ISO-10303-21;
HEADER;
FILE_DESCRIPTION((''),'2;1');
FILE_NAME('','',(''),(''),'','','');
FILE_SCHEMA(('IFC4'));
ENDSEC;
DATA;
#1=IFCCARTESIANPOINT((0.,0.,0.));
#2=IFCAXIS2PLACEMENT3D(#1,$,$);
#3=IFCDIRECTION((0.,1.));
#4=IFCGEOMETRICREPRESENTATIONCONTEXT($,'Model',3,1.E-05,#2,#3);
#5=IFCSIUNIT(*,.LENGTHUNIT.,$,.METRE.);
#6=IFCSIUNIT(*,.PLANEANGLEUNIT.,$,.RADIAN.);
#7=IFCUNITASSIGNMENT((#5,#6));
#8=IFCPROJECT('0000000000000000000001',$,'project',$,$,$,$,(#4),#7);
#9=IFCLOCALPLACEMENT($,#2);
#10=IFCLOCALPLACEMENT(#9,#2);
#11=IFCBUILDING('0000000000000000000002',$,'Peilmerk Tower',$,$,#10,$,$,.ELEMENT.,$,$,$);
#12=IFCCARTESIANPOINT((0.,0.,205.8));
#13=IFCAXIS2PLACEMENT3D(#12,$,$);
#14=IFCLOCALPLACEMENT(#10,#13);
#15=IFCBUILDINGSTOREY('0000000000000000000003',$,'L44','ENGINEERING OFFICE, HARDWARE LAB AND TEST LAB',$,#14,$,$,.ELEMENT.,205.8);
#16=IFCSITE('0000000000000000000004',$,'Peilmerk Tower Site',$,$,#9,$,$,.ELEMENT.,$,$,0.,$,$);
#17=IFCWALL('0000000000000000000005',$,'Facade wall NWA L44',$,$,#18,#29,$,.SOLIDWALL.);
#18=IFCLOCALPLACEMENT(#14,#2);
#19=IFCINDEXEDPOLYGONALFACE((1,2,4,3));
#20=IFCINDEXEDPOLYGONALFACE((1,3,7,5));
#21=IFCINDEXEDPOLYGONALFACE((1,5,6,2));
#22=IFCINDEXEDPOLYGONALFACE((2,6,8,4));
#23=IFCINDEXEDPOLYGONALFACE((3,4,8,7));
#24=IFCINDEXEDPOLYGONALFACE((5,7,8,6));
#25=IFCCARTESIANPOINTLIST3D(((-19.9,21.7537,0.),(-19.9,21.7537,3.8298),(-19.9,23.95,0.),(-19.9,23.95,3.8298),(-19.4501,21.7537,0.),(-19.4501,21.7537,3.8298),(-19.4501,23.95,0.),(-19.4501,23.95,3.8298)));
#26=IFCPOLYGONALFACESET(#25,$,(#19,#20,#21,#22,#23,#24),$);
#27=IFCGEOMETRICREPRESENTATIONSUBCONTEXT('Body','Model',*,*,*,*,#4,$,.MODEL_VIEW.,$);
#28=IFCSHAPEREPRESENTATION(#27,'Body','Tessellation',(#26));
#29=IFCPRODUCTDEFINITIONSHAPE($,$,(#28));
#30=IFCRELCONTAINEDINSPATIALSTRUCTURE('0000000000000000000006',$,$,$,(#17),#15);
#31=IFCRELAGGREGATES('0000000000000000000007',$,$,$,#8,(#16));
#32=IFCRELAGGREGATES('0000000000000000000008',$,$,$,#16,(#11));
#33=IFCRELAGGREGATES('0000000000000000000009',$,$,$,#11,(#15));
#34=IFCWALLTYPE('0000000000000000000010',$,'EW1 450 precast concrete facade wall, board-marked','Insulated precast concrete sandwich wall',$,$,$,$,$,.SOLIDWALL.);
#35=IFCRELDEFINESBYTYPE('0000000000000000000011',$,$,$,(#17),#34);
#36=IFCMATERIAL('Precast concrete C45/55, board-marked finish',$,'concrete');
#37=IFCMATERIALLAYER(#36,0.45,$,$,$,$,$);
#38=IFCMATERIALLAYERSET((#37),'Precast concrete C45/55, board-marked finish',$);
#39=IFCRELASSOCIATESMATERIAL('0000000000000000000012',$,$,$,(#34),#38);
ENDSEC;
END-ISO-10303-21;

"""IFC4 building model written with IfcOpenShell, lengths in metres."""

from ifc_helpers import new_model, si_unit, direction, frame, frame_2d, origin, place, context, subcontext, project, spatial, rectangle, extrude, material, layer, layer_set, type_object, element, save


model = new_model("IFC4")

# Units and contexts
model_context = context("Model", 3, precision=1e-05, world=origin(), true_north=direction((0.0, 1.0)))
body_context = subcontext(model_context, "Body", "Model", "MODEL_VIEW")
ifc_project = project(units=[si_unit("LENGTHUNIT", "METRE"), si_unit("PLANEANGLEUNIT", "RADIAN")], contexts=[model_context])

# Site, building, storey
site_placement = place(None, origin())
site = spatial("IfcSite", under=ifc_project, at=site_placement, Name="Peilmerk Tower Site", CompositionType="ELEMENT", RefElevation=0.0)
building_placement = place(site_placement, origin())
building = spatial("IfcBuilding", under=site, at=building_placement, Name="Peilmerk Tower", CompositionType="ELEMENT")
storey_placement = place(building_placement, frame((0.0, 0.0, 205.8)))
storey = spatial("IfcBuildingStorey", under=building, at=storey_placement, Name="L44", Description="ENGINEERING OFFICE, HARDWARE LAB AND TEST LAB", CompositionType="ELEMENT", Elevation=205.8)

# Shared definitions
ifc_material_1 = material(Name="Precast concrete C45/55, board-marked finish", Category="concrete")
ifc_layer_1 = layer(ifc_material_1, 0.45)
ifc_layer_set_1 = layer_set([ifc_layer_1], Name="Precast concrete C45/55, board-marked finish")
wall_type = type_object("IfcWallType", Name="EW1 450 precast concrete facade wall, board-marked", Description="Insulated precast concrete sandwich wall", PredefinedType="SOLIDWALL", material=ifc_layer_set_1)

# Wall
wall_1_placement = place(storey_placement, frame((-19.675, 21.7537, 0.0), z_axis=(0.0, 0.0, 1.0), x_axis=(0.0, 1.0, 0.0)))
element("IfcWall", 1, at=wall_1_placement, inside=storey, type_object=wall_type, Name="Facade wall NWA L44", PredefinedType="SOLIDWALL", context=body_context, shape_type="SweptSolid", body=[
    extrude(rectangle(XDim=2.1963, YDim=0.45, at=frame_2d((1.0981, 0.0))), origin(), (0.0, 0.0, 1.0), 3.8298),
])

save(model, "model.ifc")
